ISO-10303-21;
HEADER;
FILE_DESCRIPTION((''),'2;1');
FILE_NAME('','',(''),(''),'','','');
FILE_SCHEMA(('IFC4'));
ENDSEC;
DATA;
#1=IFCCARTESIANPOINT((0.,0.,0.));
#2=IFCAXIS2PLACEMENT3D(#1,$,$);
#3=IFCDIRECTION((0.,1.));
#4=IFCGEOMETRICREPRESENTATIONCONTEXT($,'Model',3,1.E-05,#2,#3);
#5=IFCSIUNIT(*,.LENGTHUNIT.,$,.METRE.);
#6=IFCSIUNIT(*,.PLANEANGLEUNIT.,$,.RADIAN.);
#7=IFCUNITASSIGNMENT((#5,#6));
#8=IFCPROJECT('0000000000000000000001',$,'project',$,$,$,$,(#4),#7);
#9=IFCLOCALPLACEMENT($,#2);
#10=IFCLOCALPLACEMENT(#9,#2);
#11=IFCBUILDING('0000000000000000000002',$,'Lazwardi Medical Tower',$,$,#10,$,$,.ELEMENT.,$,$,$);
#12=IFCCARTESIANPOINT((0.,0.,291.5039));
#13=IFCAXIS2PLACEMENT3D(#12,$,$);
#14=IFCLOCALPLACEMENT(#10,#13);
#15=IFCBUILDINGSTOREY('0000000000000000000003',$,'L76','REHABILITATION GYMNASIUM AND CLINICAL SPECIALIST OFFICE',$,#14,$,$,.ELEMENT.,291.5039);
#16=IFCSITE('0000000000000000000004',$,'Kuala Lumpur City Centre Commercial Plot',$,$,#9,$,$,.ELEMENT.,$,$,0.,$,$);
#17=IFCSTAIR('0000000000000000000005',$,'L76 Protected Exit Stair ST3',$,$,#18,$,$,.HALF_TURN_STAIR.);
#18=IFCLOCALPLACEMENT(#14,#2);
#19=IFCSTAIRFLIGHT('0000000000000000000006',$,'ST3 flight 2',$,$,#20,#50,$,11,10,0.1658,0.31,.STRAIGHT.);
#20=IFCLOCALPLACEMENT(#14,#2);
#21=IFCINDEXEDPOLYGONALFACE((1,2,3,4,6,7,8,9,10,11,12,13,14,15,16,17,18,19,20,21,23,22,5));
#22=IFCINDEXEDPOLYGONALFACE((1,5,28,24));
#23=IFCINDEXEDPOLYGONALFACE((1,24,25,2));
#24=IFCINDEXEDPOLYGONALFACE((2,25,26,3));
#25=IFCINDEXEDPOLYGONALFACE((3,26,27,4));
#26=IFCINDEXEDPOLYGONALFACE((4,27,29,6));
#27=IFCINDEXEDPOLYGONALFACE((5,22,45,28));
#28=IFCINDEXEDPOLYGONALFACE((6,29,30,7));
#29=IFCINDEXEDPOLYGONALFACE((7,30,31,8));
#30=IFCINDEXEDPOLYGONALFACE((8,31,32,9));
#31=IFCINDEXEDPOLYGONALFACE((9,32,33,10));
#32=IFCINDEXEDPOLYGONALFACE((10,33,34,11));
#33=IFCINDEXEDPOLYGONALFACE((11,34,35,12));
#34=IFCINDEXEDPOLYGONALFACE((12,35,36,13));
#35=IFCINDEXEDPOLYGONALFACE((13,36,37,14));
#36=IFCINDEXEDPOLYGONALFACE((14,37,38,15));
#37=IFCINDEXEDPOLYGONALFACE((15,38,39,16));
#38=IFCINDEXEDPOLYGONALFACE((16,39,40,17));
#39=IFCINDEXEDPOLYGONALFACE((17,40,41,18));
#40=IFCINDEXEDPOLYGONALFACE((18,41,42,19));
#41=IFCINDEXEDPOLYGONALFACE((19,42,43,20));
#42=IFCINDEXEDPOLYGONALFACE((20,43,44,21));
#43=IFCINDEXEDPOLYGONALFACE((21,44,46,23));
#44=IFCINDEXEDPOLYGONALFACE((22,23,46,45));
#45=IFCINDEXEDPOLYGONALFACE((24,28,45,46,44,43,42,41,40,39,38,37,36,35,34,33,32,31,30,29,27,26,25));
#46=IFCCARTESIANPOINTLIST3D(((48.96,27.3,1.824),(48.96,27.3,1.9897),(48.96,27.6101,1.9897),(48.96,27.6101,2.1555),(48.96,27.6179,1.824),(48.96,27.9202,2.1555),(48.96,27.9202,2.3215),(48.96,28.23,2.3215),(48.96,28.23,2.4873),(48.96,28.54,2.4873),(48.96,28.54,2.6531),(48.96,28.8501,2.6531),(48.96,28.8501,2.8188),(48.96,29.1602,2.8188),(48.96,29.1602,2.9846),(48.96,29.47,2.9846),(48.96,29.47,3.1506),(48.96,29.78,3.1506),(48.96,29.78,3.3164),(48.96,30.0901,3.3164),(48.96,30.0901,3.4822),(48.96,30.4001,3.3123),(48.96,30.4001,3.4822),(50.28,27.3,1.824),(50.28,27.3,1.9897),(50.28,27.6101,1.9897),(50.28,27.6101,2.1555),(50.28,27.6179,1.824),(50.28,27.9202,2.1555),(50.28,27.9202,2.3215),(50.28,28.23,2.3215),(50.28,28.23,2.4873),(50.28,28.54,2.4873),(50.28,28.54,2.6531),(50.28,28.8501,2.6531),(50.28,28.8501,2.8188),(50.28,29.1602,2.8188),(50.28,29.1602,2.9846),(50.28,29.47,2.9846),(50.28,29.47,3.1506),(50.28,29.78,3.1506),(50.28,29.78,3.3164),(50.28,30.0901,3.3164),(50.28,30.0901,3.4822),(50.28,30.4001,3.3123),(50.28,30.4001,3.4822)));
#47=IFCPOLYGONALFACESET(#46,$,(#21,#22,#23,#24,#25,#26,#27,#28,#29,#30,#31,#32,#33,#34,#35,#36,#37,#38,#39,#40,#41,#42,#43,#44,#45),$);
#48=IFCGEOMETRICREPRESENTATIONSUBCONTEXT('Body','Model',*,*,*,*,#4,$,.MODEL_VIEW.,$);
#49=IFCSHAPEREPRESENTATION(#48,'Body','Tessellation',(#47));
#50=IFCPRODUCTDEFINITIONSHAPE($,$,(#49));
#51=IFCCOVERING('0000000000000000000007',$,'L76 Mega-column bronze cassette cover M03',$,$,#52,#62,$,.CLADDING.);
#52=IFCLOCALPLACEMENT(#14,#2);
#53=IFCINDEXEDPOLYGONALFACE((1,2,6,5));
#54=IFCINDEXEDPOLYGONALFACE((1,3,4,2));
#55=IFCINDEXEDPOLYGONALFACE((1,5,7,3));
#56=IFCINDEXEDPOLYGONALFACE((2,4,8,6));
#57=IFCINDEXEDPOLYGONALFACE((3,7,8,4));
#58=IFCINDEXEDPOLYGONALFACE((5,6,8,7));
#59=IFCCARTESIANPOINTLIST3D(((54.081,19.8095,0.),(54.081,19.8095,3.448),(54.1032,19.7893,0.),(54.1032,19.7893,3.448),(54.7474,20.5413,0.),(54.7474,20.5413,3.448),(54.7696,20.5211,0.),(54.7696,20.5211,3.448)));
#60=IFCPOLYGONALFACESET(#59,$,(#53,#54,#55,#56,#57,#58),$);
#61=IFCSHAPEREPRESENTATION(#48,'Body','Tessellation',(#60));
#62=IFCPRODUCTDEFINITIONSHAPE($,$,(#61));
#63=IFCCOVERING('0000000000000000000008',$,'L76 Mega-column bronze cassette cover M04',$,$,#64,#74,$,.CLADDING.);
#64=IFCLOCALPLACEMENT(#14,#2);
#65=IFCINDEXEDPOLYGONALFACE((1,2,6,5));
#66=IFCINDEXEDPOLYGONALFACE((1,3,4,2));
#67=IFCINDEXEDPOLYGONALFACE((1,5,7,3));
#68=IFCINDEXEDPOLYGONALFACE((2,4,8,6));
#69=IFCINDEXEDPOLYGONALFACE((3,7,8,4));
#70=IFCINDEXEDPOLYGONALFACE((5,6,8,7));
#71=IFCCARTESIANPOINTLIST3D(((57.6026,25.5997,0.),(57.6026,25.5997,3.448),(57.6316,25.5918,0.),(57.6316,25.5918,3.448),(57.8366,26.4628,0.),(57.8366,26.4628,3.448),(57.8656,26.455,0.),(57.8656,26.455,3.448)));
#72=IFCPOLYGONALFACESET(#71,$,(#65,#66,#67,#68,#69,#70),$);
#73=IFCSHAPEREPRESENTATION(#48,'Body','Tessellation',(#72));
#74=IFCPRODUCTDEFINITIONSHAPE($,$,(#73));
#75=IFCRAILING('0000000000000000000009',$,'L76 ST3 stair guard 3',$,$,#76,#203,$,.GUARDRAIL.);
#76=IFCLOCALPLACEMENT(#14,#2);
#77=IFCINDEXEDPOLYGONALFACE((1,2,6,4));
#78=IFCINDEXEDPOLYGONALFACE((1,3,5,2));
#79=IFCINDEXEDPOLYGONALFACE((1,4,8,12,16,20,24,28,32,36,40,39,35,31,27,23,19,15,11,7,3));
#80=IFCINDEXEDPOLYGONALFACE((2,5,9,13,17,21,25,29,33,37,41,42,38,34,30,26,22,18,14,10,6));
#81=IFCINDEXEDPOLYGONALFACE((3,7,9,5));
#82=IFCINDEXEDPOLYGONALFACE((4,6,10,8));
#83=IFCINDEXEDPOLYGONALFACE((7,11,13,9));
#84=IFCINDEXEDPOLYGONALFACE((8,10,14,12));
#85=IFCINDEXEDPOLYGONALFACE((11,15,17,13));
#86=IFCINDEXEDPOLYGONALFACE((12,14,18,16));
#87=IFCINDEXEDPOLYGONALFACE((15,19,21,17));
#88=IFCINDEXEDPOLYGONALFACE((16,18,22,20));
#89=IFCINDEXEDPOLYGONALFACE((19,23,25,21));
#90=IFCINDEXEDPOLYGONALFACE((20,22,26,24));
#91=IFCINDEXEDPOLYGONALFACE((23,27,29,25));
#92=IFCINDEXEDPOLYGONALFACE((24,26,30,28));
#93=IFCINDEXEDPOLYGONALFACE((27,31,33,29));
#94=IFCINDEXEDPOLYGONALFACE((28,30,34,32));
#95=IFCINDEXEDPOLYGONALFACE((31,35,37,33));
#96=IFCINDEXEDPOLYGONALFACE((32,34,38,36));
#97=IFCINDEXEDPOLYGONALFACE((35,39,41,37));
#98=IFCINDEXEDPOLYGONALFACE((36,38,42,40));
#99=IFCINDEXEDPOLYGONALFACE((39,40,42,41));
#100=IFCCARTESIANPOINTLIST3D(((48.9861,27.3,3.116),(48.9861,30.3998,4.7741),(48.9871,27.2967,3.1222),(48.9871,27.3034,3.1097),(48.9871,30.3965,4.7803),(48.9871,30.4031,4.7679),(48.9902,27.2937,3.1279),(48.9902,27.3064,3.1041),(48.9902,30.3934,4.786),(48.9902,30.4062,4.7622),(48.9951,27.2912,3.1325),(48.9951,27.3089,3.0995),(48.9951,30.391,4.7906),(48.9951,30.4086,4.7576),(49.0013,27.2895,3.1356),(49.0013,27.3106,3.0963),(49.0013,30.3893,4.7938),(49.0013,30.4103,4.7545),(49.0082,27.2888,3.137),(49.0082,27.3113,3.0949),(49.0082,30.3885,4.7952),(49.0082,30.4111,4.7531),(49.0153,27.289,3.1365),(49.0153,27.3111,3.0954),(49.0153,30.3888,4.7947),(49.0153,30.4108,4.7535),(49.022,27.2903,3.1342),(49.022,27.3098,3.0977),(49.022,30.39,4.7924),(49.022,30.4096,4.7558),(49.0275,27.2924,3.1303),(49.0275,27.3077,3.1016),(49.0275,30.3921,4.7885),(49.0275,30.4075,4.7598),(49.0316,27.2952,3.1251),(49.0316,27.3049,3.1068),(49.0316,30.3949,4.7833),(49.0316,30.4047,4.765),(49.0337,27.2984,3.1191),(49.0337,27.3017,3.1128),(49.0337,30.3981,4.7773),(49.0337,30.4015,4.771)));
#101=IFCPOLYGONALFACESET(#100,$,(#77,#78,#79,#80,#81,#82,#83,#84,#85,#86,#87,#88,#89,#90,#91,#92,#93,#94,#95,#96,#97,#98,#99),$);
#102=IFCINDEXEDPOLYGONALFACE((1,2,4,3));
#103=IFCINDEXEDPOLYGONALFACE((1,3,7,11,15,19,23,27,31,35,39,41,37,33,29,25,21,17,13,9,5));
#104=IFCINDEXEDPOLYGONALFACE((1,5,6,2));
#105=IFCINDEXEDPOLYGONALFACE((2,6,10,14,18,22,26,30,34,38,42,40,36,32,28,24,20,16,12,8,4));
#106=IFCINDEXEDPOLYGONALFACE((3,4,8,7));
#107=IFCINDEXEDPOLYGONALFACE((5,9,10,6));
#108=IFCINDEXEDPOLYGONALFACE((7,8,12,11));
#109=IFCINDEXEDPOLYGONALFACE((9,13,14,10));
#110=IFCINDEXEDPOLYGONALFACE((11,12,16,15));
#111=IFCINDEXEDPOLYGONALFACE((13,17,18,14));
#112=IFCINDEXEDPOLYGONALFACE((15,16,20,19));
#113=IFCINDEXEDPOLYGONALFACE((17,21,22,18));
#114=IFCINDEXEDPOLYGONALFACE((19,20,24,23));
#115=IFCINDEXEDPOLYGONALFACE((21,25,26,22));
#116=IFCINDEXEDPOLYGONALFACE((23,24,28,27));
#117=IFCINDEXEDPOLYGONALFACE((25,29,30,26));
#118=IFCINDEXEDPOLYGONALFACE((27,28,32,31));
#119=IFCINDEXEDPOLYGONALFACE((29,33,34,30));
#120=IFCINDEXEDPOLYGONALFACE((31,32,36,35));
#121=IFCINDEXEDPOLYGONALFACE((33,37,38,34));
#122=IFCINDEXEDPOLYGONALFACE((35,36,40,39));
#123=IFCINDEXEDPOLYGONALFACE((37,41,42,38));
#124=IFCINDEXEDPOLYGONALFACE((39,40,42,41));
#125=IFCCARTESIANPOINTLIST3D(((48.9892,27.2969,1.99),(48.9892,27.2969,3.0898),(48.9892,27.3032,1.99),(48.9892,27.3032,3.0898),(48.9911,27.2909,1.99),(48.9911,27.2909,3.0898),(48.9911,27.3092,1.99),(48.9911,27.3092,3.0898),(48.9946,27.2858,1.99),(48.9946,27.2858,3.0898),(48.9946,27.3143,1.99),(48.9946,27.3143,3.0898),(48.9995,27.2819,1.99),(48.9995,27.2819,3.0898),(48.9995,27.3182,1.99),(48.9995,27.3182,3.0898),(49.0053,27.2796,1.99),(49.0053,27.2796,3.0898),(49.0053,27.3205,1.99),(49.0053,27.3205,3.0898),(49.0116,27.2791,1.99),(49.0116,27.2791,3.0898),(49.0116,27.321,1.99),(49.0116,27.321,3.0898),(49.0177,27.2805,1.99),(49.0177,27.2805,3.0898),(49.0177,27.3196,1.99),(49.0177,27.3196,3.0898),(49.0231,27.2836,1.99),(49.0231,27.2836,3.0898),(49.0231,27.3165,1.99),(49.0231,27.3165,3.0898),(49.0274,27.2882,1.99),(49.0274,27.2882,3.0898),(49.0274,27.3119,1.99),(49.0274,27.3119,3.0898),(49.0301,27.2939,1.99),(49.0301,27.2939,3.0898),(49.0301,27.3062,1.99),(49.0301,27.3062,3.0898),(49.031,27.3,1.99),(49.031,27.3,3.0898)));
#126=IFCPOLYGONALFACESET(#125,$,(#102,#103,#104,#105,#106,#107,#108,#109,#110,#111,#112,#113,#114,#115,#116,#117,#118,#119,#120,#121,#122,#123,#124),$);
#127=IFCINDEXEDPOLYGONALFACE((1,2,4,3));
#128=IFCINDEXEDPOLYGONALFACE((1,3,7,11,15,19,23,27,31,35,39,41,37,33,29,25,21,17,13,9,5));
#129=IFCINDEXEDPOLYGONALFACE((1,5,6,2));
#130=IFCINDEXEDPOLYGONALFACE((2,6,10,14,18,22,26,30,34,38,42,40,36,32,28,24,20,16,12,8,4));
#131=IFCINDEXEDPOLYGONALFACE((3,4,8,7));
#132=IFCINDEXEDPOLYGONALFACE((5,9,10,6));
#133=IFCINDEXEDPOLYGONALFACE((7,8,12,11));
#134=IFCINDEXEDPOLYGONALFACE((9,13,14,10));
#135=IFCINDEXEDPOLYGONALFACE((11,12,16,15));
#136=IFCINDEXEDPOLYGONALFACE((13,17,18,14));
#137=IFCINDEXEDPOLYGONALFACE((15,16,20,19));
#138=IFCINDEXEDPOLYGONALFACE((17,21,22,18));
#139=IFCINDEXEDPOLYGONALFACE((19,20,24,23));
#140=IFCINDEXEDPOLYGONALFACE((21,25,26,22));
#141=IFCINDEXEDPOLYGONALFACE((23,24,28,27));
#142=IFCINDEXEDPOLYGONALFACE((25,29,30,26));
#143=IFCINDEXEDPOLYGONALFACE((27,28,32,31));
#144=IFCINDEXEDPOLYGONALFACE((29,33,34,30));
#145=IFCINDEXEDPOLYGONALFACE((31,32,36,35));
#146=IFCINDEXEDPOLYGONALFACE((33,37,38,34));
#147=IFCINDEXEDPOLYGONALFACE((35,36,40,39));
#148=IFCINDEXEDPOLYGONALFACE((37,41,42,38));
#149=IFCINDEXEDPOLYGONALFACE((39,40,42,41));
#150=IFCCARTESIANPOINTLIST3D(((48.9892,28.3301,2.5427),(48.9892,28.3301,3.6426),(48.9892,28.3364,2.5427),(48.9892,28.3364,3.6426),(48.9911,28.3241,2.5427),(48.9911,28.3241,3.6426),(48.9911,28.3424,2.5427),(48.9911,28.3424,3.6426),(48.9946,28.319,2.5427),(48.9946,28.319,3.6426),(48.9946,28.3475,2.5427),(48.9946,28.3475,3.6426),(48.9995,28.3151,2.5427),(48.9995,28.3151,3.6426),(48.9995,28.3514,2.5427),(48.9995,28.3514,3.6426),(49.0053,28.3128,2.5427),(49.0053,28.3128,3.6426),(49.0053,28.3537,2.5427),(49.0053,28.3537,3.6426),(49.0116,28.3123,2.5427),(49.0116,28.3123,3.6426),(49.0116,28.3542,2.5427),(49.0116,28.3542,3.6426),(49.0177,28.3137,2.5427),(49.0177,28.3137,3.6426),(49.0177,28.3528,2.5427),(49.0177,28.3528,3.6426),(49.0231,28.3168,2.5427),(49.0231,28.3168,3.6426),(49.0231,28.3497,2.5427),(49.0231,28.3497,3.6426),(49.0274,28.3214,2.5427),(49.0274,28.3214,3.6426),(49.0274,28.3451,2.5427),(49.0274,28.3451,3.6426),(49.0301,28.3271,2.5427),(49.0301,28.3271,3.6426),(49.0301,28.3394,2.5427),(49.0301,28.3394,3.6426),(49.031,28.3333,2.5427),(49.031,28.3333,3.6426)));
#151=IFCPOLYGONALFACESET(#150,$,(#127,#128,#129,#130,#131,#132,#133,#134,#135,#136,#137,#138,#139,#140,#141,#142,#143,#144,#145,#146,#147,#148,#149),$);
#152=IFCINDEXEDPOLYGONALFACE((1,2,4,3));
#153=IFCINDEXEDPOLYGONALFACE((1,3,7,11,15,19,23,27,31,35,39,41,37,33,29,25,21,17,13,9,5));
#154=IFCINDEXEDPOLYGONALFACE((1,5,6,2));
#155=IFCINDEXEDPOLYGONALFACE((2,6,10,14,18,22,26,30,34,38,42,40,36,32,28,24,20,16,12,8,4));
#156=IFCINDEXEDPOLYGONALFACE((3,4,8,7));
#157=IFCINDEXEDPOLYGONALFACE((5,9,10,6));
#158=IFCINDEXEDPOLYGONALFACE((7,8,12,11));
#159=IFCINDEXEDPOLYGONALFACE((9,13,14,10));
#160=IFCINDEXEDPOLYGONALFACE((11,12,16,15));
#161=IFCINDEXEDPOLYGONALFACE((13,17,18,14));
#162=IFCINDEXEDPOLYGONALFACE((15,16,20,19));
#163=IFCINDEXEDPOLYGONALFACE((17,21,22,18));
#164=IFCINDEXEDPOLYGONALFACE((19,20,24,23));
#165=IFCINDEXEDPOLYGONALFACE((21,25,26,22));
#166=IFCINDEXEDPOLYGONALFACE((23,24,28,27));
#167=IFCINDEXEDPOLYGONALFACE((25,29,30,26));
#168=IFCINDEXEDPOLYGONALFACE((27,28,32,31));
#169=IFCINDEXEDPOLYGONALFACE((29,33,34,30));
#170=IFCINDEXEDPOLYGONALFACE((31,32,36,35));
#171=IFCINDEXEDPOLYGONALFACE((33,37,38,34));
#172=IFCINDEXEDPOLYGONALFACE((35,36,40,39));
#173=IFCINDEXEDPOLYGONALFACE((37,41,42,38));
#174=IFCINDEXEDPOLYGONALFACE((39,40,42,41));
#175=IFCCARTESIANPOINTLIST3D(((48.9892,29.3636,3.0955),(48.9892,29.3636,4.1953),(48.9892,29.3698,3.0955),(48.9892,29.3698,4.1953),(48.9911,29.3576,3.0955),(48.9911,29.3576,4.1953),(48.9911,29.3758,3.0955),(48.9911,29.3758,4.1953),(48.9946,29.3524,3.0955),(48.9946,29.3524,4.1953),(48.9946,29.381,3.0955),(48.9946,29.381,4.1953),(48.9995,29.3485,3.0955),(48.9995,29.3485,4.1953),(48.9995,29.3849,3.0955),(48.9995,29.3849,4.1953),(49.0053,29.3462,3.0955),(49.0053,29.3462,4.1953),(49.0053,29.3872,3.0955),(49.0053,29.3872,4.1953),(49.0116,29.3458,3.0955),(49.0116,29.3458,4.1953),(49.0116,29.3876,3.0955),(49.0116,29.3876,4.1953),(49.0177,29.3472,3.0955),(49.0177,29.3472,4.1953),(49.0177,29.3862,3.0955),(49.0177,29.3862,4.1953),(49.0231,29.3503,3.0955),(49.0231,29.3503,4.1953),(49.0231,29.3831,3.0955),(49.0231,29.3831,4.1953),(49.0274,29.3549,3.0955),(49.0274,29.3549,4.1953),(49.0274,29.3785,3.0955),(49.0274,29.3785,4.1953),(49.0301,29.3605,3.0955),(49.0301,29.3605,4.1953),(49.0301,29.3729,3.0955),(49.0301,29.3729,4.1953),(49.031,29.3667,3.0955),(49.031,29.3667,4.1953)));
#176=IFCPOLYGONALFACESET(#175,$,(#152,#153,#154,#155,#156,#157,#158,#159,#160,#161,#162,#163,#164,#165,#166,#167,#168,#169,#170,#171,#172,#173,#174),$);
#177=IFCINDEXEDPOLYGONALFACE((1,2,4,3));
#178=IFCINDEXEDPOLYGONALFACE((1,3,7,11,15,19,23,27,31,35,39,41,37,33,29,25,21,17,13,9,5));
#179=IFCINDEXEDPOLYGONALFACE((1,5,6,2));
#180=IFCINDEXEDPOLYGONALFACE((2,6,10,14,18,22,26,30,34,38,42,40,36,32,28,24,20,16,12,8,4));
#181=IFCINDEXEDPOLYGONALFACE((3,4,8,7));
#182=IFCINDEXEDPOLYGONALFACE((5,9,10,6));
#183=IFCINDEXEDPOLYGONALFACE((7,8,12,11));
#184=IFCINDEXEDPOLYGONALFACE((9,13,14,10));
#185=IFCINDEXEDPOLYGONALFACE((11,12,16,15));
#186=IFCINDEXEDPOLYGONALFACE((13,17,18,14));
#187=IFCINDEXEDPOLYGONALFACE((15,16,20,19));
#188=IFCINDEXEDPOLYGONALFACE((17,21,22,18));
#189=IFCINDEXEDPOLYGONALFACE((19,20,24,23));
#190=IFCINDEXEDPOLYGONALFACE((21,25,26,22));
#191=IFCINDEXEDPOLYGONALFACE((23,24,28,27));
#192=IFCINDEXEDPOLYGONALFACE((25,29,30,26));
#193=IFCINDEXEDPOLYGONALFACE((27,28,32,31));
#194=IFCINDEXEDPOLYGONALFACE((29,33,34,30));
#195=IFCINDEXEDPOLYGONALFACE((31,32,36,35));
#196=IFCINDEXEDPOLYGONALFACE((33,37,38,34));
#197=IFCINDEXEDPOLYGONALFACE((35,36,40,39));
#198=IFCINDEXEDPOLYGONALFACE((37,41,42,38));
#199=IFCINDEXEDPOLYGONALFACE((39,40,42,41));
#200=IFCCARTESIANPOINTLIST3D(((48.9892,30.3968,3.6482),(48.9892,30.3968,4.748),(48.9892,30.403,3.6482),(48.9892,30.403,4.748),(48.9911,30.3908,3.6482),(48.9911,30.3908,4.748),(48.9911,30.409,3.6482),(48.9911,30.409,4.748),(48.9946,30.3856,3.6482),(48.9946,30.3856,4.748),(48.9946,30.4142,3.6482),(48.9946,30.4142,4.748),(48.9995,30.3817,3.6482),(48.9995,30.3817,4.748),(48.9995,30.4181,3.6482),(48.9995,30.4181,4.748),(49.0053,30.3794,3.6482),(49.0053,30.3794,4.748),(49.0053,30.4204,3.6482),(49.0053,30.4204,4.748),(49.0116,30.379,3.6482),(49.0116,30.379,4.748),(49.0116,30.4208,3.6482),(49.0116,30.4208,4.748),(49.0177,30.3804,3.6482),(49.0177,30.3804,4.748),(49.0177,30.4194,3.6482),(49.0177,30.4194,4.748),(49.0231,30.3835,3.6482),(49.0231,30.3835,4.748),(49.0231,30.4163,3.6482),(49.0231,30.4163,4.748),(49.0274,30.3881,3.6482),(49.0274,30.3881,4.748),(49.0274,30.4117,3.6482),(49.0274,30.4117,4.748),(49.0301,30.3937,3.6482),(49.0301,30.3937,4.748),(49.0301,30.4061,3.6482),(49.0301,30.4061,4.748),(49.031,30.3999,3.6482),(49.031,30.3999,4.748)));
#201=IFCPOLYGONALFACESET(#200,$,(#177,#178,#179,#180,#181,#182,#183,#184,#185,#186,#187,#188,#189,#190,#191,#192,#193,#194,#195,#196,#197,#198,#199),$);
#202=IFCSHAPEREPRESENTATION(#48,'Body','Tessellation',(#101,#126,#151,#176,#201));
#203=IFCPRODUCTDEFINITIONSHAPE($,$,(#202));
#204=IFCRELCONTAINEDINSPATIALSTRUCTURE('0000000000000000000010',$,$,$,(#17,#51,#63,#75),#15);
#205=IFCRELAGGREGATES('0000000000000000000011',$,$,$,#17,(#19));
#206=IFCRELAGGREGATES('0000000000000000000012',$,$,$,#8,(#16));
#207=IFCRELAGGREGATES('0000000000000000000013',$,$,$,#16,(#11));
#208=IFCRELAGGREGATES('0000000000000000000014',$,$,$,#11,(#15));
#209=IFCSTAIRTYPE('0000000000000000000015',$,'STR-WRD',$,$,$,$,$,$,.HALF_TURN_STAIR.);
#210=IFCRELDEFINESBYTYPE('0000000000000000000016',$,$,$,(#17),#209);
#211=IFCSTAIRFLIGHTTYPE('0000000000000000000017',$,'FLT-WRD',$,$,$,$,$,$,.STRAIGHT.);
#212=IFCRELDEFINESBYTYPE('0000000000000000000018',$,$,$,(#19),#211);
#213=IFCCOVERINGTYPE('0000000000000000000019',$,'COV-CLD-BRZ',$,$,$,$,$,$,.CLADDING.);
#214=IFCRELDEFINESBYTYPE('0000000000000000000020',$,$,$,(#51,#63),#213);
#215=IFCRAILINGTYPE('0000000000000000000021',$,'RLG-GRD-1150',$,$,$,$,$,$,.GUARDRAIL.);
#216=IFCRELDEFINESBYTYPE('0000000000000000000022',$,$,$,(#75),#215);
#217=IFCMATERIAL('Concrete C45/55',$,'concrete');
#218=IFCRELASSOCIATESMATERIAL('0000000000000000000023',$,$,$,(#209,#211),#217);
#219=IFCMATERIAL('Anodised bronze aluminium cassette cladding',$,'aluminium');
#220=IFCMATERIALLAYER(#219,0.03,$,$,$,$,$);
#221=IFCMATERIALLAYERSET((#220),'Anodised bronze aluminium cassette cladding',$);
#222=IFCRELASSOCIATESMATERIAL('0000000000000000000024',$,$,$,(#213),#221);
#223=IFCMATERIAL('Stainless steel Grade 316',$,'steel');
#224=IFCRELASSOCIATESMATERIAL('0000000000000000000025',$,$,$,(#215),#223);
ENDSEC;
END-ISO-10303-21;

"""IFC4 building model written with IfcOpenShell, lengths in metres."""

from ifc_helpers import new_model, si_unit, direction, frame, origin, origin_2d, place, context, subcontext, project, spatial, polyline, rectangle, circle, outline, extrude, material, layer, layer_set, type_object, element, aggregate, save


model = new_model("IFC4")

# Units and contexts
model_context = context("Model", 3, precision=1e-05, world=origin(), true_north=direction((0.0, 1.0)))
body_context = subcontext(model_context, "Body", "Model", "MODEL_VIEW")
ifc_project = project(units=[si_unit("LENGTHUNIT", "METRE"), si_unit("PLANEANGLEUNIT", "RADIAN")], contexts=[model_context])

# Site, building, storey
site_placement = place(None, origin())
site = spatial("IfcSite", under=ifc_project, at=site_placement, Name="Kuala Lumpur City Centre Commercial Plot", CompositionType="ELEMENT", RefElevation=0.0)
building_placement = place(site_placement, origin())
building = spatial("IfcBuilding", under=site, at=building_placement, Name="Lazwardi Medical Tower", CompositionType="ELEMENT")
storey_placement = place(building_placement, frame((0.0, 0.0, 291.5039)))
storey = spatial("IfcBuildingStorey", under=building, at=storey_placement, Name="L76", Description="REHABILITATION GYMNASIUM AND CLINICAL SPECIALIST OFFICE", CompositionType="ELEMENT", Elevation=291.5039)

# Stair, stair flight
ifc_material_1 = material(Name="Concrete C45/55", Category="concrete")
stair_type = type_object("IfcStairType", Name="STR-WRD", PredefinedType="HALF_TURN_STAIR", material=ifc_material_1)
stair_placement = place(storey_placement, origin())
stair = element("IfcStair", 1, at=stair_placement, inside=storey, type_object=stair_type, Name="L76 Protected Exit Stair ST3", PredefinedType="HALF_TURN_STAIR")
stair_flight_type = type_object("IfcStairFlightType", Name="FLT-WRD", PredefinedType="STRAIGHT", material=ifc_material_1)
stair_flight_placement = place(storey_placement, frame((49.6201, 27.3, 1.824), z_axis=(0.0, 0.0, 1.0), x_axis=(0.0, 1.0, 0.0)))
stair_flight = element("IfcStairFlight", 2, at=stair_flight_placement, type_object=stair_flight_type, Name="ST3 flight 2", NumberOfRisers=11, NumberOfTreads=10, PredefinedType="STRAIGHT", RiserHeight=0.1658, TreadLength=0.31, context=body_context, shape_type="SweptSolid", body=[
    extrude(outline(polyline([(0.0, 0.0), (0.0, 0.1658), (0.3101, 0.1658), (0.3101, 0.3315), (0.6201, 0.3315), (0.6201, 0.4976), (0.9299, 0.4976), (0.9299, 0.6633), (1.24, 0.6633), (1.24, 0.8291), (1.55, 0.8291), (1.55, 0.9949), (1.8601, 0.9949), (1.8601, 1.1606), (2.1699, 1.1606), (2.1699, 1.3267), (2.48, 1.3267), (2.48, 1.4924), (2.79, 1.4924), (2.79, 1.6582), (3.1001, 1.6582), (3.1001, 1.824), (3.1001, 1.4883), (0.3179, 0.0), (0.0, 0.0)])), frame((0.0, 0.6602, 0.0), z_axis=(0.0, -1.0, 0.0), x_axis=(1.0, 0.0, 0.0)), (0.0, 0.0, 1.0), 1.3201),
])
aggregate(stair, [stair_flight])

# Coverings
ifc_material_2 = material(Name="Anodised bronze aluminium cassette cladding", Category="aluminium")
ifc_layer_1 = layer(ifc_material_2, 0.03)
ifc_layer_set_1 = layer_set([ifc_layer_1], Name="Anodised bronze aluminium cassette cladding")
covering_type = type_object("IfcCoveringType", Name="COV-CLD-BRZ", PredefinedType="CLADDING", material=ifc_layer_set_1)
covering_1_placement = place(storey_placement, frame((54.4253, 20.1653, 0.0), z_axis=(0.0, 0.0, 1.0), x_axis=(0.673241, 0.739423, 0.0)))
element("IfcCovering", 3, at=covering_1_placement, inside=storey, type_object=covering_type, Name="L76 Mega-column bronze cassette cover M03", PredefinedType="CLADDING", context=body_context, shape_type="SweptSolid", body=[
    extrude(rectangle(XDim=0.9897, YDim=0.03, at=origin_2d()), origin(), (0.0, 0.0, 1.0), 3.448),
])
covering_2_placement = place(storey_placement, frame((57.7341, 26.0273, 0.0), z_axis=(0.0, 0.0, 1.0), x_axis=(0.261642, 0.965165, 0.0)))
element("IfcCovering", 4, at=covering_2_placement, inside=storey, type_object=covering_type, Name="L76 Mega-column bronze cassette cover M04", PredefinedType="CLADDING", context=body_context, shape_type="SweptSolid", body=[
    extrude(rectangle(XDim=0.8943, YDim=0.03, at=origin_2d()), origin(), (0.0, 0.0, 1.0), 3.448),
])

# Railing
ifc_material_3 = material(Name="Stainless steel Grade 316", Category="steel")
railing_type_1 = type_object("IfcRailingType", Name="RLG-GRD-1150", PredefinedType="GUARDRAIL", material=ifc_material_3)
railing_1_placement = place(storey_placement, frame((49.01, 27.3, 1.99)))
element("IfcRailing", 5, at=railing_1_placement, inside=storey, type_object=railing_type_1, Name="L76 ST3 stair guard 3", PredefinedType="GUARDRAIL", context=body_context, shape_type="SweptSolid", body=[
    extrude(circle(Radius=0.0239, at=origin_2d()), frame((0.0, 0.0, 1.126), z_axis=(0.0, 0.881768, 0.471684), x_axis=(-1.0, 0.0, 0.0)), (0.0, 0.0, 1.0), 3.5154),
    extrude(circle(Radius=0.021, at=origin_2d()), origin(), (0.0, 0.0, 1.0), 1.0999),
    extrude(circle(Radius=0.021, at=origin_2d()), frame((0.0, 1.0332, 0.5527)), (0.0, 0.0, 1.0), 1.0999),
    extrude(circle(Radius=0.021, at=origin_2d()), frame((0.0, 2.0667, 1.1055)), (0.0, 0.0, 1.0), 1.0999),
    extrude(circle(Radius=0.021, at=origin_2d()), frame((0.0, 3.0999, 1.6582)), (0.0, 0.0, 1.0), 1.0999),
])

save(model, "model.ifc")
